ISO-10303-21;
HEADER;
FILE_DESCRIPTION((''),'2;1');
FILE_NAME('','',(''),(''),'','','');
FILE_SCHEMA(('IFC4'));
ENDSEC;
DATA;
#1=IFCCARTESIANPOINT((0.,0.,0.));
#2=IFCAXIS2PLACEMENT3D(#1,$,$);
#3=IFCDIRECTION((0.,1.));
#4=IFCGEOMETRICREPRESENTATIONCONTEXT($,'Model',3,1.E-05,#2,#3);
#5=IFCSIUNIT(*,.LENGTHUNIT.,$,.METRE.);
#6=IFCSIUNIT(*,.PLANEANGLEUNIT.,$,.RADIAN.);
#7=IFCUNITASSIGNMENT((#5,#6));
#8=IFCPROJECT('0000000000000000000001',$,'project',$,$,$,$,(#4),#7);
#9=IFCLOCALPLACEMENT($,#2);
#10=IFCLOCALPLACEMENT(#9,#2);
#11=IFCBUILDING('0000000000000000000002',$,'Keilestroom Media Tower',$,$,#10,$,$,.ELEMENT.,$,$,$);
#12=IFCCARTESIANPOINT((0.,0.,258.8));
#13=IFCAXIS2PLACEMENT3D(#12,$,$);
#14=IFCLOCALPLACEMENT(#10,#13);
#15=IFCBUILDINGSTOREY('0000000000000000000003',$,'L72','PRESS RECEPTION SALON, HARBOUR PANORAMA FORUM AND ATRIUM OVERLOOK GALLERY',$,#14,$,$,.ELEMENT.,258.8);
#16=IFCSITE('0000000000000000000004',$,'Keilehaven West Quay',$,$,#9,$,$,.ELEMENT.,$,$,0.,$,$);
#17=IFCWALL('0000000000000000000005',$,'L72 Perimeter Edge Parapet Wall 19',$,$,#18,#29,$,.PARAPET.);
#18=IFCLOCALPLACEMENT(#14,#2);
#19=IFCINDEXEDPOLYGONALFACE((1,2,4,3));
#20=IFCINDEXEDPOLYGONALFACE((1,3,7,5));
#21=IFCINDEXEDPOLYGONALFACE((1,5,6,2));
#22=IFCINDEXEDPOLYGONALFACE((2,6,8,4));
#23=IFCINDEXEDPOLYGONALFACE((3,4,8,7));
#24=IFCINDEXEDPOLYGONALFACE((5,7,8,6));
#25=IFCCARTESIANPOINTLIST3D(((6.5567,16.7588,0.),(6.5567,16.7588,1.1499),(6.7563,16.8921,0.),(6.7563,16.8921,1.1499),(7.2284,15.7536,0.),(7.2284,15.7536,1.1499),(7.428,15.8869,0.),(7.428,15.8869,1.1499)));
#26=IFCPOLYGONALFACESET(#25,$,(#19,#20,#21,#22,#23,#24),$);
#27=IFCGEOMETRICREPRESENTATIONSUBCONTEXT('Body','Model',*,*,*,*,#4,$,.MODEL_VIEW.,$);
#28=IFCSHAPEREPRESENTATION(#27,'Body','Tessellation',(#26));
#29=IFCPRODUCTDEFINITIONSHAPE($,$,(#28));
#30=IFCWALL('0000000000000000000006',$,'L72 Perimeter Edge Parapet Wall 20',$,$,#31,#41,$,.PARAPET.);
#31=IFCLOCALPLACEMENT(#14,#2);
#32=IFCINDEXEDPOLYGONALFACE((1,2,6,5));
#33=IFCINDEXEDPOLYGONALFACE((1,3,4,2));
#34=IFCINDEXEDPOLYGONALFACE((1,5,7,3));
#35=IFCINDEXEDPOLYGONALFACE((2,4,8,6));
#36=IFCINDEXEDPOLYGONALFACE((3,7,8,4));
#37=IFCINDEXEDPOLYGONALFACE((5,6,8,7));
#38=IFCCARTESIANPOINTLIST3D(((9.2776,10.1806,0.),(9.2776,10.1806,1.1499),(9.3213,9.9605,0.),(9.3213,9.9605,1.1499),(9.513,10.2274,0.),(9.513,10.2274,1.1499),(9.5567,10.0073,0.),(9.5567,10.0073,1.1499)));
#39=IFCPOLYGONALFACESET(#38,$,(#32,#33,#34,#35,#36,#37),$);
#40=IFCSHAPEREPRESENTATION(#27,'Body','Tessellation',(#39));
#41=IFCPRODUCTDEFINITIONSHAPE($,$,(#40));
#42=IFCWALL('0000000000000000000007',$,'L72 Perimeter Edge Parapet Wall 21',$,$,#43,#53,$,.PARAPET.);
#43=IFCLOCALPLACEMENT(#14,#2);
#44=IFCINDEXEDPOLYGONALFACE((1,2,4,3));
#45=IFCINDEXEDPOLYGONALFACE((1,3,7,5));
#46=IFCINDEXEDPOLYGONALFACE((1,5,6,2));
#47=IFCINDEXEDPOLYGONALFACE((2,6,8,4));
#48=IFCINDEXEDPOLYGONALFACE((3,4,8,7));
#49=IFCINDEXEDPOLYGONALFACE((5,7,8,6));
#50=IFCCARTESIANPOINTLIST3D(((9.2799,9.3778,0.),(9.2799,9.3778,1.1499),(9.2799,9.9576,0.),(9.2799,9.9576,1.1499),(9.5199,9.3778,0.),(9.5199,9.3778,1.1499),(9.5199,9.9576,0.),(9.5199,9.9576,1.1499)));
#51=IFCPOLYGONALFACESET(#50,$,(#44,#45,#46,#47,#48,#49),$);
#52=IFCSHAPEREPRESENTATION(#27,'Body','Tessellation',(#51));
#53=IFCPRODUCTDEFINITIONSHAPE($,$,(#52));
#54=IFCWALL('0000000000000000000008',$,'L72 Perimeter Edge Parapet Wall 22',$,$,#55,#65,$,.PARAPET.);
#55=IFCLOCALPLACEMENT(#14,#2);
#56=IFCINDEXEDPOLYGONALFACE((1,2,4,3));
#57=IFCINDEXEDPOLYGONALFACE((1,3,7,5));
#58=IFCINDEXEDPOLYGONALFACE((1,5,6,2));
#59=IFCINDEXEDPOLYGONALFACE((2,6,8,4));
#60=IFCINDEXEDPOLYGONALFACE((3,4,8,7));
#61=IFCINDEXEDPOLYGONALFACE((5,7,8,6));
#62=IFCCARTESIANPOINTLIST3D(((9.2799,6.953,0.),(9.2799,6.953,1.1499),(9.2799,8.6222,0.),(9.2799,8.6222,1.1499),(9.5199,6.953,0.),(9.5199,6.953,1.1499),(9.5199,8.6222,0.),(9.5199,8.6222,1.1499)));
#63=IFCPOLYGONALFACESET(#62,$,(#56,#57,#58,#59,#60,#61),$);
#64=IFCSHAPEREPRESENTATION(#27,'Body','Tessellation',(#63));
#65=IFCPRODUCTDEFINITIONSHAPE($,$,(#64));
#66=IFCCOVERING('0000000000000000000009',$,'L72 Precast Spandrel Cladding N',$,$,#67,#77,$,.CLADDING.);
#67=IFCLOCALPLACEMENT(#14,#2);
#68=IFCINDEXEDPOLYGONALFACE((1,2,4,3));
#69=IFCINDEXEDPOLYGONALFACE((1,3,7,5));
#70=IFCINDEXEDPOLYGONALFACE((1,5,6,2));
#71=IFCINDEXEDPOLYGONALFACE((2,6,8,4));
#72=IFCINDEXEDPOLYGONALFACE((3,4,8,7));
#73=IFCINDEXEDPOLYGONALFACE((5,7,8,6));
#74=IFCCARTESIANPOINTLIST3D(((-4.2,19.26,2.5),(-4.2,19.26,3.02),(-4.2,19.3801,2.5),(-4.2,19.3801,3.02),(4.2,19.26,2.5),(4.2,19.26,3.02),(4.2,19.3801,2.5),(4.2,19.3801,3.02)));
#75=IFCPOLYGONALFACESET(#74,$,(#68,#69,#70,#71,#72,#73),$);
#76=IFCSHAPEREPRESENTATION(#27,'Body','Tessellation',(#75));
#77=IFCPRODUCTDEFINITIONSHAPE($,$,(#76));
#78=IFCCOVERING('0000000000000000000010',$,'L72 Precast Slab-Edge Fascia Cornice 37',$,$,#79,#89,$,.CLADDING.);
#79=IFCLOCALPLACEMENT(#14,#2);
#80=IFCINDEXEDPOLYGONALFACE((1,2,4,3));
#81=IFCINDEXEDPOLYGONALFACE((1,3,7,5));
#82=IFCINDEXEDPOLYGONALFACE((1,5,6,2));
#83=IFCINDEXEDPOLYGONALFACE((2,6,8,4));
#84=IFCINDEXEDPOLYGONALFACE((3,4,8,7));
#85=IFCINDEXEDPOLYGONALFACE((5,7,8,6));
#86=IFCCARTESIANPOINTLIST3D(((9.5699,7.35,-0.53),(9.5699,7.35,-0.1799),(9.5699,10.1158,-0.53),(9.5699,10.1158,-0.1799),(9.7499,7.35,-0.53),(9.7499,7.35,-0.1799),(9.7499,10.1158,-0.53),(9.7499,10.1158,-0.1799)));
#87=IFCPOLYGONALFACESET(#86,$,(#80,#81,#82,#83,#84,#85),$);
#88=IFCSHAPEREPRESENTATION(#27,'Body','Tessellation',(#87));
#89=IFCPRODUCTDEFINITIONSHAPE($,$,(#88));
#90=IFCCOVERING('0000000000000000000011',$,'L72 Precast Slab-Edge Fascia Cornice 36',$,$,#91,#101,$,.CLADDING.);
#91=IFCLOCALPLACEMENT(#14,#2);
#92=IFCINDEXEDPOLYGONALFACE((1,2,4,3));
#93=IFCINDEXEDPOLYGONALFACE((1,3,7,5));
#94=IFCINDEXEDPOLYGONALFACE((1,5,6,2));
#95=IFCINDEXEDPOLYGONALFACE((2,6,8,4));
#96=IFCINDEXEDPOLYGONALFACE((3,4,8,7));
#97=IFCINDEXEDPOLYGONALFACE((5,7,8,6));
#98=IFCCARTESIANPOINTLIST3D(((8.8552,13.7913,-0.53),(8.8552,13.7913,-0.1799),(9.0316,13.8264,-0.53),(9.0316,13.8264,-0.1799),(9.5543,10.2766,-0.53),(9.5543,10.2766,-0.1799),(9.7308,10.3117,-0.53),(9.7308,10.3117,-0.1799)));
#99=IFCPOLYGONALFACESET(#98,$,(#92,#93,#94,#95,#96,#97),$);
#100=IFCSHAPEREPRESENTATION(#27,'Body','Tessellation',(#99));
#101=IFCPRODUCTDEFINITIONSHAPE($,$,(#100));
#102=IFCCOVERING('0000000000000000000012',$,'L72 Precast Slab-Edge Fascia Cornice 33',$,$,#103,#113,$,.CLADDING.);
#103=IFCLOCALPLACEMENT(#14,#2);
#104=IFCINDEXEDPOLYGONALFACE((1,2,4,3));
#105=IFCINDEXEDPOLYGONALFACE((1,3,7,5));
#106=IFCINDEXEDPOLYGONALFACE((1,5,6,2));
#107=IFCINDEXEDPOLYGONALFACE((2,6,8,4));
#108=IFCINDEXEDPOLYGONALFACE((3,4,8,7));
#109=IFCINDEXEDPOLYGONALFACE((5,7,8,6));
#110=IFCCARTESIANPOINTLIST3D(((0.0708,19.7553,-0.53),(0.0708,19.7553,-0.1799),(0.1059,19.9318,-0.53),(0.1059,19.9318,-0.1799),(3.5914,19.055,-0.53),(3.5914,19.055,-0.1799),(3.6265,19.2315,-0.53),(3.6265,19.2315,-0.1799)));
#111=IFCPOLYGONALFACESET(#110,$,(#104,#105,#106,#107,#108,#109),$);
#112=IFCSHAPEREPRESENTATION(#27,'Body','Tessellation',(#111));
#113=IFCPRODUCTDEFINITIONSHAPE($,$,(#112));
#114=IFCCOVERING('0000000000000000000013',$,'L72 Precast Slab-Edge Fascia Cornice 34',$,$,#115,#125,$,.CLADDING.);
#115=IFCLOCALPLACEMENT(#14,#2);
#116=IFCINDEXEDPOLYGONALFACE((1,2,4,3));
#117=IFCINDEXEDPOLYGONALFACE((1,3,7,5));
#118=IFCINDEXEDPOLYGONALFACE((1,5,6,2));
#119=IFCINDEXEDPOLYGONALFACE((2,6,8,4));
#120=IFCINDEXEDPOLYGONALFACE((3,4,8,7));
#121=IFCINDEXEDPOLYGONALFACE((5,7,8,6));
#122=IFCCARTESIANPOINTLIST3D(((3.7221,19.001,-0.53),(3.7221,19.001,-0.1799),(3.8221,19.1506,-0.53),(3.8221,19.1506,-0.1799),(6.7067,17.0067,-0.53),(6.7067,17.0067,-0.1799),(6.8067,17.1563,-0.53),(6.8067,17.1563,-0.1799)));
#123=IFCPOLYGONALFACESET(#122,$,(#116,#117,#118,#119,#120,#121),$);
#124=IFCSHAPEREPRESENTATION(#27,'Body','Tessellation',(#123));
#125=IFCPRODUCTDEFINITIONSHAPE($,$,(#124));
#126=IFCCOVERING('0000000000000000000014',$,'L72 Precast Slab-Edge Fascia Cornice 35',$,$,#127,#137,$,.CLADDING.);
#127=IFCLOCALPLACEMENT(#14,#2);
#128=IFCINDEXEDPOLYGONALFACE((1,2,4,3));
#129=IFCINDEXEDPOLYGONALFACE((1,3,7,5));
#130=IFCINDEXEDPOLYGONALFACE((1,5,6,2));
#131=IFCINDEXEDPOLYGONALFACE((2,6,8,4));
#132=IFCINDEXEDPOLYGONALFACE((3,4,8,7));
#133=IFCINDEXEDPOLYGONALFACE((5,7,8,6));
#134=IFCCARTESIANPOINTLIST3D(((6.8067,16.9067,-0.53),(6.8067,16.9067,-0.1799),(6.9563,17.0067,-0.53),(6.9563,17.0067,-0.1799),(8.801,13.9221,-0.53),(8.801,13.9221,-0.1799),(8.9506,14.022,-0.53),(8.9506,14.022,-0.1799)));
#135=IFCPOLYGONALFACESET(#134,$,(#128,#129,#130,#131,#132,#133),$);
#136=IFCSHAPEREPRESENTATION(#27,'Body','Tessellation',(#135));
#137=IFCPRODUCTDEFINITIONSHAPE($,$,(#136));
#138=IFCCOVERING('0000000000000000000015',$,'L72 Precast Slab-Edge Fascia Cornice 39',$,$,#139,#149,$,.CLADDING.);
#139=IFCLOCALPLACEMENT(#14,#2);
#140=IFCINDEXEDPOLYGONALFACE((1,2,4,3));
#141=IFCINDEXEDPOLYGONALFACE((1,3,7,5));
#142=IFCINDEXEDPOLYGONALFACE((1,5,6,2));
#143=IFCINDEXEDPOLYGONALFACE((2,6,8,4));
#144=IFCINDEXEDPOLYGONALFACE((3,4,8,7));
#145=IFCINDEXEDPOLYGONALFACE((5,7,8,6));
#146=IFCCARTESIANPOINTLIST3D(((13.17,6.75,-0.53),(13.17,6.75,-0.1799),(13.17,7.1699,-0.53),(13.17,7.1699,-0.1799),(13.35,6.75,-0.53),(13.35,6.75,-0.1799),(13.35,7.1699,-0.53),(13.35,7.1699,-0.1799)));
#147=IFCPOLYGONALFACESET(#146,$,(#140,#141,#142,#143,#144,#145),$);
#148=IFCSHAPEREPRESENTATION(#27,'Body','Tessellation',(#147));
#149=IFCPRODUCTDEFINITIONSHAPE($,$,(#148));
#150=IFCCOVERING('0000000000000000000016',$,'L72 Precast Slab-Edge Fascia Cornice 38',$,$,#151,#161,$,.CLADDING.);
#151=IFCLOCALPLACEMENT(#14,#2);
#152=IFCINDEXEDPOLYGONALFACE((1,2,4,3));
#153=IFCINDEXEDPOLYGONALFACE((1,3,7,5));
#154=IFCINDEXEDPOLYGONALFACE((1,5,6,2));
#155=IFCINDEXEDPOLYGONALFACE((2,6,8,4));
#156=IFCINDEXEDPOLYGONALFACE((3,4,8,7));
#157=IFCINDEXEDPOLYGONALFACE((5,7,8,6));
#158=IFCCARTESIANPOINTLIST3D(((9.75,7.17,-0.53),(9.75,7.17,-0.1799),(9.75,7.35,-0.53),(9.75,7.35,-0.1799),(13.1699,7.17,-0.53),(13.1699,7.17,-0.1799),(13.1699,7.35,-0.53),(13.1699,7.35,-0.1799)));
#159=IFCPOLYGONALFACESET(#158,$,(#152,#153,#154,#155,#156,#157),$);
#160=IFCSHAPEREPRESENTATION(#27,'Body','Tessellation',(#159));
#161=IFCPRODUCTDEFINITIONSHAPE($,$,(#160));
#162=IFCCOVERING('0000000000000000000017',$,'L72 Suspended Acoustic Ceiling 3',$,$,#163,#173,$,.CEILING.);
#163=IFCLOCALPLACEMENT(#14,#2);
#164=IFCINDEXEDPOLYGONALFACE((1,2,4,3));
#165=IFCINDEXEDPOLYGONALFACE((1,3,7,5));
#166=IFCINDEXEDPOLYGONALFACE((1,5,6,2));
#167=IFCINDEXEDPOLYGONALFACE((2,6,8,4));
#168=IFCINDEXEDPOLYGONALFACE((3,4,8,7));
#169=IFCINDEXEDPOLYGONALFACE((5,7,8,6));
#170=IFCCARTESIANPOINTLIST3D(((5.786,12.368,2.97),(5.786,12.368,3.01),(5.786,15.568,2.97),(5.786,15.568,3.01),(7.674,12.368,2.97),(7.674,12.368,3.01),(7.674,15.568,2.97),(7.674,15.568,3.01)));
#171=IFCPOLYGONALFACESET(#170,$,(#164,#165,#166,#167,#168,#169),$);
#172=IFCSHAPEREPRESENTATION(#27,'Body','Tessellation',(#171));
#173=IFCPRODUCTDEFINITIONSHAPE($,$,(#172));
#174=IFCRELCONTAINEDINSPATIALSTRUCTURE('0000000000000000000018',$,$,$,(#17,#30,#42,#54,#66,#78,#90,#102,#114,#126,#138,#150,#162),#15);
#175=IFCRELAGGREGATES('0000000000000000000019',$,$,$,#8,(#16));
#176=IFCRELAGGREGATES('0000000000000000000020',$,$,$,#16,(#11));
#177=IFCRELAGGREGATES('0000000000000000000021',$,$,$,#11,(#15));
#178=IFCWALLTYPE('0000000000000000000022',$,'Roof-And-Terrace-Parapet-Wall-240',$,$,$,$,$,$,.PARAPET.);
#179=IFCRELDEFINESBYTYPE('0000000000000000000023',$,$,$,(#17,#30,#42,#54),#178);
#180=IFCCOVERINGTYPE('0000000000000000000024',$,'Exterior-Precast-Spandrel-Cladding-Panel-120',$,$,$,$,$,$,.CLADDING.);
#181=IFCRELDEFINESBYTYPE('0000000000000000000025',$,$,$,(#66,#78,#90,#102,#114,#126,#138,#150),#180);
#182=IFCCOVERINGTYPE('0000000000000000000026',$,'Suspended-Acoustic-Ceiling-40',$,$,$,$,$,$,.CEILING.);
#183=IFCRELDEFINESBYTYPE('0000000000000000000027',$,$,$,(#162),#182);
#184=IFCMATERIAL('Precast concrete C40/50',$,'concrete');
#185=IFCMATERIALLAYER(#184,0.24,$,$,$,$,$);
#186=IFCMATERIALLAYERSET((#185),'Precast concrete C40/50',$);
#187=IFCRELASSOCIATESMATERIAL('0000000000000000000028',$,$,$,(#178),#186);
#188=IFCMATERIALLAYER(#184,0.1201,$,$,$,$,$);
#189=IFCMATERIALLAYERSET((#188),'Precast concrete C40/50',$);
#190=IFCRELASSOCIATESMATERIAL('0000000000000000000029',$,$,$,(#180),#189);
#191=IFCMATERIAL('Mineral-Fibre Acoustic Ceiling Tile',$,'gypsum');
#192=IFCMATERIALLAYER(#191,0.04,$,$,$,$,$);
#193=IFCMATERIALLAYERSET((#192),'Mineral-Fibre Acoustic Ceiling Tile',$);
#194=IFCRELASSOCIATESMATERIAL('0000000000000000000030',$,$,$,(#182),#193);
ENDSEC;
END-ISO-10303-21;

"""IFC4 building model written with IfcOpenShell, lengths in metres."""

from ifc_helpers import new_model, si_unit, direction, frame, frame_2d, origin, origin_2d, place, context, subcontext, project, spatial, rectangle, extrude, source, transform, mapped, material, layer, layer_set, type_object, element, save


model = new_model("IFC4")

# Units and contexts
model_context = context("Model", 3, precision=1e-05, world=origin(), true_north=direction((0.0, 1.0)))
body_context = subcontext(model_context, "Body", "Model", "MODEL_VIEW")
ifc_project = project(units=[si_unit("LENGTHUNIT", "METRE"), si_unit("PLANEANGLEUNIT", "RADIAN")], contexts=[model_context])

# Site, building, storey
site_placement = place(None, origin())
site = spatial("IfcSite", under=ifc_project, at=site_placement, Name="Keilehaven West Quay", CompositionType="ELEMENT", RefElevation=0.0)
building_placement = place(site_placement, origin())
building = spatial("IfcBuilding", under=site, at=building_placement, Name="Keilestroom Media Tower", CompositionType="ELEMENT")
storey_placement = place(building_placement, frame((0.0, 0.0, 258.8)))
storey = spatial("IfcBuildingStorey", under=building, at=storey_placement, Name="L72", Description="PRESS RECEPTION SALON, HARBOUR PANORAMA FORUM AND ATRIUM OVERLOOK GALLERY", CompositionType="ELEMENT", Elevation=258.8)

# Walls
ifc_material_1 = material(Name="Precast concrete C40/50", Category="concrete")
ifc_layer_1 = layer(ifc_material_1, 0.24)
ifc_layer_set_1 = layer_set([ifc_layer_1], Name="Precast concrete C40/50")
wall_type_1 = type_object("IfcWallType", Name="Roof-And-Terrace-Parapet-Wall-240", PredefinedType="PARAPET", material=ifc_layer_set_1)
wall_1_placement = place(storey_placement, frame((6.6565, 16.8254, 0.0), z_axis=(0.0, 0.0, 1.0), x_axis=(0.555585, -0.831459, 0.0)))
element("IfcWall", 1, at=wall_1_placement, inside=storey, type_object=wall_type_1, Name="L72 Perimeter Edge Parapet Wall 19", PredefinedType="PARAPET", context=body_context, shape_type="SweptSolid", body=[
    extrude(rectangle(XDim=1.209, YDim=0.24, at=frame_2d((0.6045, 0.0))), origin(), (0.0, 0.0, 1.0), 1.1499),
])
wall_2_placement = place(storey_placement, frame((9.3953, 10.2041, 0.0), z_axis=(0.0, 0.0, 1.0), x_axis=(0.19486, -0.980831, 0.0)))
element("IfcWall", 2, at=wall_2_placement, inside=storey, type_object=wall_type_1, Name="L72 Perimeter Edge Parapet Wall 20", PredefinedType="PARAPET", context=body_context, shape_type="SweptSolid", body=[
    extrude(rectangle(XDim=0.2244, YDim=0.24, at=frame_2d((0.1123, 0.0))), origin(), (0.0, 0.0, 1.0), 1.1499),
])
wall_3_placement = place(storey_placement, frame((9.3999, 9.9578, 0.0), z_axis=(0.0, 0.0, 1.0), x_axis=(0.0, -1.0, 0.0)))
element("IfcWall", 3, at=wall_3_placement, inside=storey, type_object=wall_type_1, Name="L72 Perimeter Edge Parapet Wall 21", PredefinedType="PARAPET", context=body_context, shape_type="SweptSolid", body=[
    extrude(rectangle(XDim=0.5798, YDim=0.24, at=frame_2d((0.29, 0.0))), origin(), (0.0, 0.0, 1.0), 1.1499),
])
wall_4_placement = place(storey_placement, frame((9.3999, 8.6221, 0.0), z_axis=(0.0, 0.0, 1.0), x_axis=(0.0, -1.0, 0.0)))
element("IfcWall", 4, at=wall_4_placement, inside=storey, type_object=wall_type_1, Name="L72 Perimeter Edge Parapet Wall 22", PredefinedType="PARAPET", context=body_context, shape_type="SweptSolid", body=[
    extrude(rectangle(XDim=1.6692, YDim=0.24, at=frame_2d((0.8345, 0.0))), origin(), (0.0, 0.0, 1.0), 1.1499),
])

# Coverings
ifc_layer_2 = layer(ifc_material_1, 0.1201)
ifc_layer_set_2 = layer_set([ifc_layer_2], Name="Precast concrete C40/50")
covering_type_1 = type_object("IfcCoveringType", Name="Exterior-Precast-Spandrel-Cladding-Panel-120", PredefinedType="CLADDING", material=ifc_layer_set_2)
shared_shape_1 = source(origin(), body_context, "Body", "SweptSolid", [
    extrude(rectangle(XDim=8.3999, YDim=0.1201, at=origin_2d()), origin(), (0.0, 0.0, 1.0), 0.52),
])
covering_1_placement = place(storey_placement, frame((0.0, 19.3201, 2.5), z_axis=(0.0, 0.0, 1.0), x_axis=(1.0, 0.0, 0.0)))
element("IfcCovering", 5, at=covering_1_placement, inside=storey, type_object=covering_type_1, Name="L72 Precast Spandrel Cladding N", PredefinedType="CLADDING", context=body_context, shape_type="MappedRepresentation", body=[
    mapped(shared_shape_1, transform((0.0, 0.0, 0.0), x_axis=(1.0, 0.0, 0.0), y_axis=(0.0, 1.0, 0.0), z_axis=(0.0, 0.0, 1.0), scale=1.0)),
])
shared_shape_2 = source(origin(), body_context, "Body", "SweptSolid", [
    extrude(rectangle(XDim=2.7659, YDim=0.1799, at=origin_2d()), origin(), (0.0, 0.0, 1.0), 0.3501),
])
covering_2_placement = place(storey_placement, frame((9.6599, 8.7329, -0.53), z_axis=(0.0, 0.0, 1.0), x_axis=(0.0, -1.0, 0.0)))
element("IfcCovering", 6, at=covering_2_placement, inside=storey, type_object=covering_type_1, Name="L72 Precast Slab-Edge Fascia Cornice 37", PredefinedType="CLADDING", context=body_context, shape_type="MappedRepresentation", body=[
    mapped(shared_shape_2, transform((0.0, 0.0, 0.0), x_axis=(1.0, 0.0, 0.0), y_axis=(0.0, 1.0, 0.0), z_axis=(0.0, 0.0, 1.0), scale=1.0)),
])
shared_shape_3 = source(origin(), body_context, "Body", "SweptSolid", [
    extrude(rectangle(XDim=3.5835, YDim=0.1799, at=origin_2d()), origin(), (0.0, 0.0, 1.0), 0.3501),
])
covering_3_placement = place(storey_placement, frame((9.293, 12.0515, -0.53), z_axis=(0.0, 0.0, 1.0), x_axis=(0.195099, -0.980784, 0.0)))
element("IfcCovering", 7, at=covering_3_placement, inside=storey, type_object=covering_type_1, Name="L72 Precast Slab-Edge Fascia Cornice 36", PredefinedType="CLADDING", context=body_context, shape_type="MappedRepresentation", body=[
    mapped(shared_shape_3, transform((0.0, 0.0, 0.0), x_axis=(1.0, 0.0, 0.0), y_axis=(0.0, 1.0, 0.0), z_axis=(0.0, 0.0, 1.0), scale=1.0)),
])
shared_shape_4 = source(origin(), body_context, "Body", "SweptSolid", [
    extrude(rectangle(XDim=3.5896, YDim=0.1799, at=origin_2d()), origin(), (0.0, 0.0, 1.0), 0.3501),
])
for number, where, z_axis, x_axis, name in (
    (8, (1.8486, 19.4934, -0.53), (0.0, 0.0, 1.0), (0.980784, -0.195099, 0.0), "L72 Precast Slab-Edge Fascia Cornice 33"),
    (9, (5.2644, 18.0786, -0.53), (0.0, 0.0, 1.0), (0.831467, -0.555575, 0.0), "L72 Precast Slab-Edge Fascia Cornice 34"),
    (10, (7.8787, 15.4644, -0.53), (0.0, 0.0, 1.0), (0.555575, -0.831467, 0.0), "L72 Precast Slab-Edge Fascia Cornice 35"),
):
    element("IfcCovering", number, at=place(storey_placement, frame(where, z_axis=z_axis, x_axis=x_axis)), inside=storey, type_object=covering_type_1, Name=name, PredefinedType="CLADDING", context=body_context, shape_type="MappedRepresentation", body=[
        mapped(shared_shape_4, transform((0.0, 0.0, 0.0), x_axis=(1.0, 0.0, 0.0), y_axis=(0.0, 1.0, 0.0), z_axis=(0.0, 0.0, 1.0), scale=1.0)),
    ])
shared_shape_5 = source(origin(), body_context, "Body", "SweptSolid", [
    extrude(rectangle(XDim=0.4199, YDim=0.1799, at=origin_2d()), origin(), (0.0, 0.0, 1.0), 0.3501),
])
covering_4_placement = place(storey_placement, frame((13.26, 6.96, -0.53), z_axis=(0.0, 0.0, 1.0), x_axis=(0.0, -1.0, 0.0)))
element("IfcCovering", 11, at=covering_4_placement, inside=storey, type_object=covering_type_1, Name="L72 Precast Slab-Edge Fascia Cornice 39", PredefinedType="CLADDING", context=body_context, shape_type="MappedRepresentation", body=[
    mapped(shared_shape_5, transform((0.0, 0.0, 0.0), x_axis=(1.0, 0.0, 0.0), y_axis=(0.0, 1.0, 0.0), z_axis=(0.0, 0.0, 1.0), scale=1.0)),
])
shared_shape_6 = source(origin(), body_context, "Body", "SweptSolid", [
    extrude(rectangle(XDim=3.4199, YDim=0.1799, at=origin_2d()), origin(), (0.0, 0.0, 1.0), 0.3501),
])
covering_5_placement = place(storey_placement, frame((11.46, 7.26, -0.53), z_axis=(0.0, 0.0, 1.0), x_axis=(1.0, 0.0, 0.0)))
element("IfcCovering", 12, at=covering_5_placement, inside=storey, type_object=covering_type_1, Name="L72 Precast Slab-Edge Fascia Cornice 38", PredefinedType="CLADDING", context=body_context, shape_type="MappedRepresentation", body=[
    mapped(shared_shape_6, transform((0.0, 0.0, 0.0), x_axis=(1.0, 0.0, 0.0), y_axis=(0.0, 1.0, 0.0), z_axis=(0.0, 0.0, 1.0), scale=1.0)),
])
ifc_material_2 = material(Name="Mineral-Fibre Acoustic Ceiling Tile", Category="gypsum")
ifc_layer_3 = layer(ifc_material_2, 0.04)
ifc_layer_set_3 = layer_set([ifc_layer_3], Name="Mineral-Fibre Acoustic Ceiling Tile")
covering_type_2 = type_object("IfcCoveringType", Name="Suspended-Acoustic-Ceiling-40", PredefinedType="CEILING", material=ifc_layer_set_3)
shared_shape_7 = source(origin(), body_context, "Body", "SweptSolid", [
    extrude(rectangle(XDim=1.8879, YDim=3.2, at=origin_2d()), origin(), (0.0, 0.0, 1.0), 0.04),
])
covering_6_placement = place(storey_placement, frame((6.73, 13.968, 2.97), z_axis=(0.0, 0.0, 1.0), x_axis=(1.0, 0.0, 0.0)))
element("IfcCovering", 13, at=covering_6_placement, inside=storey, type_object=covering_type_2, Name="L72 Suspended Acoustic Ceiling 3", PredefinedType="CEILING", context=body_context, shape_type="MappedRepresentation", body=[
    mapped(shared_shape_7, transform((0.0, 0.0, 0.0), x_axis=(1.0, 0.0, 0.0), y_axis=(0.0, 1.0, 0.0), z_axis=(0.0, 0.0, 1.0), scale=1.0)),
])

save(model, "model.ifc")
